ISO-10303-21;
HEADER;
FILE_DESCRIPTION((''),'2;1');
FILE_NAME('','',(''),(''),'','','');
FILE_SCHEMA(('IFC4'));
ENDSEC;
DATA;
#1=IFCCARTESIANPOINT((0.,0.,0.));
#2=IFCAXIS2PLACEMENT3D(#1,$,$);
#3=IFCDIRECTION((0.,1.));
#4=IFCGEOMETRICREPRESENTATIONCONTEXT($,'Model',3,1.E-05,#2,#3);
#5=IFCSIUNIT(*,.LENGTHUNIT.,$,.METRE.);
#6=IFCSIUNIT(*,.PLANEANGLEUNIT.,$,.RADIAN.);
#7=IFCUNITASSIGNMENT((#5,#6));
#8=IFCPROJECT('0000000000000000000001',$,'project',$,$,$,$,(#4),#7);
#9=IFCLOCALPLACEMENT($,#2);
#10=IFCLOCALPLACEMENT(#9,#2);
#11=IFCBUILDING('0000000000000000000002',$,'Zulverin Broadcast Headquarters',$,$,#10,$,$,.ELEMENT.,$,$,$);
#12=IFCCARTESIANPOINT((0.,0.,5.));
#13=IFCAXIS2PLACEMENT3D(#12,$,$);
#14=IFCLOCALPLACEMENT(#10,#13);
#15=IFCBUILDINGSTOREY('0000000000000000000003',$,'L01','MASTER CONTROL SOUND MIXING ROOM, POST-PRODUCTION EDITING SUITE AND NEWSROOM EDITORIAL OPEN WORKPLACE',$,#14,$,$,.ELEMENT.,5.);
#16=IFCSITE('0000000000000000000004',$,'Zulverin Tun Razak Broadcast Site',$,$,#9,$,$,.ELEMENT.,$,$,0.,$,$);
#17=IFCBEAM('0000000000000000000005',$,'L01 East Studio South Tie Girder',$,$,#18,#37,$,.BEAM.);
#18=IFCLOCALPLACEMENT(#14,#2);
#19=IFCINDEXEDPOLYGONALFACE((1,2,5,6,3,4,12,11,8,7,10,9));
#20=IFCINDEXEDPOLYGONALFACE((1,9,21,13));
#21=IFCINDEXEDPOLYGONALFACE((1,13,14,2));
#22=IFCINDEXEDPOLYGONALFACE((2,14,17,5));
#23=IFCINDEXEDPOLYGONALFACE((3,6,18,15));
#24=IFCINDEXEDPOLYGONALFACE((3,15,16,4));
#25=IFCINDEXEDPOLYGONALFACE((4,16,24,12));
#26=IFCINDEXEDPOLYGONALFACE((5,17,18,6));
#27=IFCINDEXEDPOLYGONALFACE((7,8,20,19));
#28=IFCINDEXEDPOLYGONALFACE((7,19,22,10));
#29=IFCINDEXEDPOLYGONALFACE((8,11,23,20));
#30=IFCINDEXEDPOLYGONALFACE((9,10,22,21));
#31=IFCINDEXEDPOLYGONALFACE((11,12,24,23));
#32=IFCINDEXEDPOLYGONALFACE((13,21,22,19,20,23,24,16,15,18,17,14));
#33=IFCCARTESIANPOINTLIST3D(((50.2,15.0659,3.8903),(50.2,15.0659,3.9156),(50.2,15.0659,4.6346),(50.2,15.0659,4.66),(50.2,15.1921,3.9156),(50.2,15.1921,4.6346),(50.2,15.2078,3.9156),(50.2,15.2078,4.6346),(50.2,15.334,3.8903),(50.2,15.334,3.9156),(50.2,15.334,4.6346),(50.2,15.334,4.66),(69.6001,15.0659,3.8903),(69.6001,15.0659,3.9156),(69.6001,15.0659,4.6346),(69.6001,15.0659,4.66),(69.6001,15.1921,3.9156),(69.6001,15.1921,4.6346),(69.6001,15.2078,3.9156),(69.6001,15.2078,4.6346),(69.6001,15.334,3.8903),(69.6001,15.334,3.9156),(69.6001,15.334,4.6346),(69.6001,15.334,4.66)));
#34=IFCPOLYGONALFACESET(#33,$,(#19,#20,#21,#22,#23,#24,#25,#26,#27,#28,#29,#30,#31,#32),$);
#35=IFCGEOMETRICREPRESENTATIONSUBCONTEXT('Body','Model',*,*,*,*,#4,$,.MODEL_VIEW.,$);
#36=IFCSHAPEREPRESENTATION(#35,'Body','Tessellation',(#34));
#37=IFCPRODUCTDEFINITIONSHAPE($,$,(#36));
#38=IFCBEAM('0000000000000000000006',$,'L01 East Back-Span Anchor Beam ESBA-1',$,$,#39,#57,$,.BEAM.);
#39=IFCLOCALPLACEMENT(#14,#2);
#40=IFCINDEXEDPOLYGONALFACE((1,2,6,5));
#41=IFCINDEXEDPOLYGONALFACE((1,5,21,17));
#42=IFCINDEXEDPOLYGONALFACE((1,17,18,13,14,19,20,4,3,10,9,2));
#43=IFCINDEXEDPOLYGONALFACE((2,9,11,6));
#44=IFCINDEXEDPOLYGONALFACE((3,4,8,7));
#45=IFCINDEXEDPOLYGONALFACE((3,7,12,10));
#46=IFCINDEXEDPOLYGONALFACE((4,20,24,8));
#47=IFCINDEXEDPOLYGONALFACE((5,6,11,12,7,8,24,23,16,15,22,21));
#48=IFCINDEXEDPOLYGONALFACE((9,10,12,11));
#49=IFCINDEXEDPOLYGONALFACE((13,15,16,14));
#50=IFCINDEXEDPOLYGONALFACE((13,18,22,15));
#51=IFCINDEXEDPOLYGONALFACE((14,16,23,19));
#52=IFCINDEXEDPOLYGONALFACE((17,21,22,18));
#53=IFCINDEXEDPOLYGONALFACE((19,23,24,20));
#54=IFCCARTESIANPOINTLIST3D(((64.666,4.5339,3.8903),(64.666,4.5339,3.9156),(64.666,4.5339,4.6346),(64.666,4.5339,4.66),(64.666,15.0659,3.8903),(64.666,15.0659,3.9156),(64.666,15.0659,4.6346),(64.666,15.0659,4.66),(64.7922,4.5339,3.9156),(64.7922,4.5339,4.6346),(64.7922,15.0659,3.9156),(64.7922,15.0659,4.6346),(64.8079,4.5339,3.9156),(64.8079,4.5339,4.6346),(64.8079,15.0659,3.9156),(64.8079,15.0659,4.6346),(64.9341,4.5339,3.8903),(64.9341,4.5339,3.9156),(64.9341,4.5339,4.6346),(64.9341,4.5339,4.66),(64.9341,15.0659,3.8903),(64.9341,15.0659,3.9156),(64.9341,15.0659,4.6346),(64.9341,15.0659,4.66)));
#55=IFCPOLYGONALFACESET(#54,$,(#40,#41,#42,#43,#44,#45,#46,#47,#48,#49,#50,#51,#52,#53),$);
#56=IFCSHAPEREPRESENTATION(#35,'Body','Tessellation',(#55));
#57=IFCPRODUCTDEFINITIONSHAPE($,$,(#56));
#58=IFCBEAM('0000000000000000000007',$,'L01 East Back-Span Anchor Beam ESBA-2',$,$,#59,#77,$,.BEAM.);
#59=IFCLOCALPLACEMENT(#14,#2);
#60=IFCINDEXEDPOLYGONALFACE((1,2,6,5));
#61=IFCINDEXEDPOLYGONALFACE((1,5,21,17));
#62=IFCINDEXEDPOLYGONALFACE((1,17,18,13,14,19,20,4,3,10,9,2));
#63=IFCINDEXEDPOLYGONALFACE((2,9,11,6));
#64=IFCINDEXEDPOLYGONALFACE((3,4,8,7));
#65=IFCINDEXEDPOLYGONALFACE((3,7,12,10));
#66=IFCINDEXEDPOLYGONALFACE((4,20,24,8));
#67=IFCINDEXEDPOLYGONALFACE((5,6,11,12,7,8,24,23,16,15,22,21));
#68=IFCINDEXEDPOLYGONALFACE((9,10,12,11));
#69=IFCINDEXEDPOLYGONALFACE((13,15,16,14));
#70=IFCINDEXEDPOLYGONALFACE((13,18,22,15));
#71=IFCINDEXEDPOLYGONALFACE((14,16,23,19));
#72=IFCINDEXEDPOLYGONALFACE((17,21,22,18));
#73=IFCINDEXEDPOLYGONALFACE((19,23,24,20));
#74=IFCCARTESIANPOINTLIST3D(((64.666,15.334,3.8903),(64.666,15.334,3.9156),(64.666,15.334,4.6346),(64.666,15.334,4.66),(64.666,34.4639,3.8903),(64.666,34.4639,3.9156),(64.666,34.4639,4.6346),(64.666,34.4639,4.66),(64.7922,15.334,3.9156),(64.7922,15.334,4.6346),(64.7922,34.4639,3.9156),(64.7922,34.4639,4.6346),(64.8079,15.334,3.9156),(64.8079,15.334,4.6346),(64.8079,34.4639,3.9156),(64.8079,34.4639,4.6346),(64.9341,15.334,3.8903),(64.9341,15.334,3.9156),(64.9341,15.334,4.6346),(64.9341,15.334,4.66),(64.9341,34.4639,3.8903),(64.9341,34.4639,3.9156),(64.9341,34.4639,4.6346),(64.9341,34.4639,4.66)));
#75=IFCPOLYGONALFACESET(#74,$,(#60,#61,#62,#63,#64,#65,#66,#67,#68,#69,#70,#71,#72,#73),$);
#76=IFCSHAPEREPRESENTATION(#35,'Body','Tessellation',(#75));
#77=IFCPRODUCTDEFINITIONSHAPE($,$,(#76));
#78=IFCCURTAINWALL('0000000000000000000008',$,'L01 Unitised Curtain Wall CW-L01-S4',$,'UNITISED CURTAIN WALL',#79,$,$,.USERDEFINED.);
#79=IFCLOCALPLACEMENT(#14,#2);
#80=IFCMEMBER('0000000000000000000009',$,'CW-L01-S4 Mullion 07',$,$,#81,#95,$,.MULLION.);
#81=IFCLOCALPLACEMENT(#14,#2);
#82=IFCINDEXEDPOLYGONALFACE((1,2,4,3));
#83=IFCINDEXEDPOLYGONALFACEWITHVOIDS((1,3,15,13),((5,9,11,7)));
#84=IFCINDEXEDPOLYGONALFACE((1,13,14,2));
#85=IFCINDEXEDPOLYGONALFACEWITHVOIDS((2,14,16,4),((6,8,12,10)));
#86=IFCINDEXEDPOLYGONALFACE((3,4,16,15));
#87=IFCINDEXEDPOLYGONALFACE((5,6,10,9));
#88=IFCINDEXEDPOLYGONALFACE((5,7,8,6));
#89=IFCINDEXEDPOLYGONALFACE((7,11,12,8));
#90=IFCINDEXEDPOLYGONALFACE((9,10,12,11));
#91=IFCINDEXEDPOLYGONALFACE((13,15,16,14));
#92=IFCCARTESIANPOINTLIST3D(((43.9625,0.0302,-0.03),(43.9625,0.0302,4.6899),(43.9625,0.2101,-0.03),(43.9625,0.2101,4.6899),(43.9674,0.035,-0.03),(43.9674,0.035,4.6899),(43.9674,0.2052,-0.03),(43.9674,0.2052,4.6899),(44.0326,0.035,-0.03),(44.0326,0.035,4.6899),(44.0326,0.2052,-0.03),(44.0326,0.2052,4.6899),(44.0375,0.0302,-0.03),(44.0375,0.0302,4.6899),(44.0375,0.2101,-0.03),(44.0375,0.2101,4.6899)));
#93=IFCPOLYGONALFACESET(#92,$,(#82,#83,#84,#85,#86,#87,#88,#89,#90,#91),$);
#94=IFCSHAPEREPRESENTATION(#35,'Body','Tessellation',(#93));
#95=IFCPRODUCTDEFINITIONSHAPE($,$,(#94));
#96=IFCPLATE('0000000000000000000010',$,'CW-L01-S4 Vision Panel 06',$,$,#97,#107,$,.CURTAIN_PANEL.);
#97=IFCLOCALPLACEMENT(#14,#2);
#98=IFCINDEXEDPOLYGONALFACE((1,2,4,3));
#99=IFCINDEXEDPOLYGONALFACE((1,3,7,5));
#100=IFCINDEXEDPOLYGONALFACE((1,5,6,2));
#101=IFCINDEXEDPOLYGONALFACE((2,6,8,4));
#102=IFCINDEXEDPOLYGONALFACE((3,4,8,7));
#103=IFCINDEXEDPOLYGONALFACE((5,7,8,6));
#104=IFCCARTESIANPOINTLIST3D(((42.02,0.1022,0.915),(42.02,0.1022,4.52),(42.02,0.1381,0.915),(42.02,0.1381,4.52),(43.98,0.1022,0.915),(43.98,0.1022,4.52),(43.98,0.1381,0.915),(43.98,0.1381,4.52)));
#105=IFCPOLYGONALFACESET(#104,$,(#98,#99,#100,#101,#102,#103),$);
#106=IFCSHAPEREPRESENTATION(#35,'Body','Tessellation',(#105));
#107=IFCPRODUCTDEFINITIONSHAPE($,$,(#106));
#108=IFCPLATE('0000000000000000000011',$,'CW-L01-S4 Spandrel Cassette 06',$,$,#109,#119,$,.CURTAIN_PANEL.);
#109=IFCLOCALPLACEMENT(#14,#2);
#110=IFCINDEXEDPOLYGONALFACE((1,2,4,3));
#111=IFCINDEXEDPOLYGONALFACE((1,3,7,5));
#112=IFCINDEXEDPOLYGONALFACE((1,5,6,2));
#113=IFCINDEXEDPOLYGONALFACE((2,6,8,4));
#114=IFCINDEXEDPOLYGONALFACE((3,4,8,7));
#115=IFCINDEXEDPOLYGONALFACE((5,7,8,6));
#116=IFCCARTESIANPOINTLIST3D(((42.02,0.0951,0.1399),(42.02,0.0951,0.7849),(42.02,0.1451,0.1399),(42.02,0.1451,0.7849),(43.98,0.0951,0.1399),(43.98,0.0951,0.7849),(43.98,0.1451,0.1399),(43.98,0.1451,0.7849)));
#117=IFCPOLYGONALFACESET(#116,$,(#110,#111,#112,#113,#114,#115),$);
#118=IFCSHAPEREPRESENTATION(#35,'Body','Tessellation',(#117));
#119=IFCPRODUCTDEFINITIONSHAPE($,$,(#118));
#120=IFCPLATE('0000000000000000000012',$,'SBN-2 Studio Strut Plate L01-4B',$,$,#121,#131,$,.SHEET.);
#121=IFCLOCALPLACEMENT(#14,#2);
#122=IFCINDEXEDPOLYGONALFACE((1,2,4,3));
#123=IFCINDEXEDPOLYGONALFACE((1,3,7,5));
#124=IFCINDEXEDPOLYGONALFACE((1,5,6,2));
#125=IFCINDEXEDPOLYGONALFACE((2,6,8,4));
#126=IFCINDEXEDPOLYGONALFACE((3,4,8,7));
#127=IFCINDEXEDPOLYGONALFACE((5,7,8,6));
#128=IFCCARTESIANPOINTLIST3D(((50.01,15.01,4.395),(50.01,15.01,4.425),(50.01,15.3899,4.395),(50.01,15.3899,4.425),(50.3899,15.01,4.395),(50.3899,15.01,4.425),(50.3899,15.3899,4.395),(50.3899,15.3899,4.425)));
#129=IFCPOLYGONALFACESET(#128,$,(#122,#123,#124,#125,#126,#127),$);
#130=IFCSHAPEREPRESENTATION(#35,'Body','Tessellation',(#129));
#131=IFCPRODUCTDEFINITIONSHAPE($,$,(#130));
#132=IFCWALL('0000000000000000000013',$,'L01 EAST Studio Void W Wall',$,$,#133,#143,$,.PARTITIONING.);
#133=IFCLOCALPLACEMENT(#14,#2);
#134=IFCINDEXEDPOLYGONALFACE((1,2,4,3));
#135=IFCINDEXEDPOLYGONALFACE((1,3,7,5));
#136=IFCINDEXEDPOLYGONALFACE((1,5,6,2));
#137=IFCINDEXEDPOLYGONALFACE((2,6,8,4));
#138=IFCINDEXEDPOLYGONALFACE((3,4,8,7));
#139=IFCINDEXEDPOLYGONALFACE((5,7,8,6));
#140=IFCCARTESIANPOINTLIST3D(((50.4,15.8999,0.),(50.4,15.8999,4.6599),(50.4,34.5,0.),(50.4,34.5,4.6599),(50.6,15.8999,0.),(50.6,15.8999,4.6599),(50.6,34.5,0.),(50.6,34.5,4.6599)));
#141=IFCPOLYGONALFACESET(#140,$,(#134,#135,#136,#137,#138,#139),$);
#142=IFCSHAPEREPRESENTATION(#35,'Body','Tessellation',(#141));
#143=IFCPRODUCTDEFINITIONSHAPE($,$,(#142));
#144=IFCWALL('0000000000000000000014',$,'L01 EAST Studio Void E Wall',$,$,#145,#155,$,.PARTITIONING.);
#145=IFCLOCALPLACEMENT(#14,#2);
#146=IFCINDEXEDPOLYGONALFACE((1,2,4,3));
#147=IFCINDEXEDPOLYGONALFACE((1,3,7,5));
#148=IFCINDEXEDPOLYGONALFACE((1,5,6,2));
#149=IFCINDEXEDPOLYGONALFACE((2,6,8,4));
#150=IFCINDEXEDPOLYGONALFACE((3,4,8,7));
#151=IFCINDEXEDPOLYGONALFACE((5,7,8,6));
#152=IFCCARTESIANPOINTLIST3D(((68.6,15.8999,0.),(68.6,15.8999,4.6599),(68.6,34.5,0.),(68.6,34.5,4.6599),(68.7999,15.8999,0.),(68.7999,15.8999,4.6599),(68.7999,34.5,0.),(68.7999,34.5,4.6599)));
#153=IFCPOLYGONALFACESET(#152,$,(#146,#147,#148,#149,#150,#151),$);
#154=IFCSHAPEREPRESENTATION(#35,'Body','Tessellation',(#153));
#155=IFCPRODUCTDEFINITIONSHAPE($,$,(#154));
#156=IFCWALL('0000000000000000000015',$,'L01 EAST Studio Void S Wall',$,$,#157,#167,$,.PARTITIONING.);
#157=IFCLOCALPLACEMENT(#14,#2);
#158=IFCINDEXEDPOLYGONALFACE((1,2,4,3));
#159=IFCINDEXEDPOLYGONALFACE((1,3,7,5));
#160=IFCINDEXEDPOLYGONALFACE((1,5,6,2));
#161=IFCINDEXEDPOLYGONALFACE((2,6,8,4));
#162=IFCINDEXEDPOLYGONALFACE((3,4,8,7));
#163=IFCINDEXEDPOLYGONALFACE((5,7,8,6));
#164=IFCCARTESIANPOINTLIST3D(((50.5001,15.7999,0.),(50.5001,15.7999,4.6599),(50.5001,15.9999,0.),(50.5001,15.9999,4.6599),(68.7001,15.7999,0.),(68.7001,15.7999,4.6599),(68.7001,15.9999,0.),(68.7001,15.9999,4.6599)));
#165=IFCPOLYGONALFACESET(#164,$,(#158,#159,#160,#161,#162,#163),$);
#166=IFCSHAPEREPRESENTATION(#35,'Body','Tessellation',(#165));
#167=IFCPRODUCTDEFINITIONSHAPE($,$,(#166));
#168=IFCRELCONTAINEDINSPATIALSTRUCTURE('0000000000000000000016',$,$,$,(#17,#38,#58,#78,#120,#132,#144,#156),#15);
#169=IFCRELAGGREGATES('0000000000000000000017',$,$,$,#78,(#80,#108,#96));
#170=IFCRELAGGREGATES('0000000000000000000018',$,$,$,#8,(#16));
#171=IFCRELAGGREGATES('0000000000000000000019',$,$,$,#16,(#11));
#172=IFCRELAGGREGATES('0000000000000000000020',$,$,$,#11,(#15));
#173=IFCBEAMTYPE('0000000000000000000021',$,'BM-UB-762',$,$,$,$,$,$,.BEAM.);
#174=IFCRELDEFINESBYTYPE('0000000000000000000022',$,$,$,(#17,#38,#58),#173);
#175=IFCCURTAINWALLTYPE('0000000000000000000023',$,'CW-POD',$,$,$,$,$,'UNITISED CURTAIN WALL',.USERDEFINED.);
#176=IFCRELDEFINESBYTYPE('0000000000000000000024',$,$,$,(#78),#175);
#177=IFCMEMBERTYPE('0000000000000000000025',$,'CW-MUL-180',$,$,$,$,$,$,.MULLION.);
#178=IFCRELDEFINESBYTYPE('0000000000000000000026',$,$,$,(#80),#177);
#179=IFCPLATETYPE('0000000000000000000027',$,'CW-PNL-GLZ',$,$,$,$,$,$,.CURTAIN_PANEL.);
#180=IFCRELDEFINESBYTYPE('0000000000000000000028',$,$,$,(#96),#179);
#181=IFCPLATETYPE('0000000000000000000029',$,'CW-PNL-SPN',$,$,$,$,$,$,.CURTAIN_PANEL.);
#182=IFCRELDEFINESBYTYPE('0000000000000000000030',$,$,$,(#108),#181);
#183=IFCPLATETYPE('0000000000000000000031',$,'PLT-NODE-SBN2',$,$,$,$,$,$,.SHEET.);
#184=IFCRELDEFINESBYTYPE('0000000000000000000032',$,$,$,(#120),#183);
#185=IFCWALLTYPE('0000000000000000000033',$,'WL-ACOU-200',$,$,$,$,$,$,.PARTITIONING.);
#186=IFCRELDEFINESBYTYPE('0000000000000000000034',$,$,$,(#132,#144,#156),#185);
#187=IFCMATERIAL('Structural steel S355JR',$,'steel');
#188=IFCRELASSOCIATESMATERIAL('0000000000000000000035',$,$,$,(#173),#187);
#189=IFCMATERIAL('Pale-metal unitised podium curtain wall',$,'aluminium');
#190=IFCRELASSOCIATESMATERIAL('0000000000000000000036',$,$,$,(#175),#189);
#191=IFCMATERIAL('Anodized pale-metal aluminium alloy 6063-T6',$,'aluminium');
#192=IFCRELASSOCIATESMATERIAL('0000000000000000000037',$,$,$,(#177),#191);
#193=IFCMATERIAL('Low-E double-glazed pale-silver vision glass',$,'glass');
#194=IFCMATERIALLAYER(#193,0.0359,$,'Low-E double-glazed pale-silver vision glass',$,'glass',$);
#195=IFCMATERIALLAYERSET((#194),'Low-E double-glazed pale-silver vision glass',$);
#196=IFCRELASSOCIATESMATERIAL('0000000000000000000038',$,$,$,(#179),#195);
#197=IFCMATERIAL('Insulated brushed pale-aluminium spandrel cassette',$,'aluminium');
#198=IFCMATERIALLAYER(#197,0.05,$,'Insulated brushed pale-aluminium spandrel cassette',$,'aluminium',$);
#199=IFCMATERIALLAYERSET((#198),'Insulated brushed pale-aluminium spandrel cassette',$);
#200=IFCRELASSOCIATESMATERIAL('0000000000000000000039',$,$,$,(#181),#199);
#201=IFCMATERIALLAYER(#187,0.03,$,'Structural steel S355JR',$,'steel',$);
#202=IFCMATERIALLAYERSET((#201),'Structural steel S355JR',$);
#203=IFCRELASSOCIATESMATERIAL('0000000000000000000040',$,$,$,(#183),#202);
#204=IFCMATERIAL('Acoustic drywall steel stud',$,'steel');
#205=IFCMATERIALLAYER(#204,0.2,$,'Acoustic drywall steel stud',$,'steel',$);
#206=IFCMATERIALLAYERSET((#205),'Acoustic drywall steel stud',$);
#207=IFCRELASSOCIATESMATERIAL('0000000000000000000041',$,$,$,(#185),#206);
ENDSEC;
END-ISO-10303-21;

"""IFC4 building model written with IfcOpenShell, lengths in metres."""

from ifc_helpers import new_model, si_unit, direction, frame, frame_2d, origin, origin_2d, place, context, subcontext, project, spatial, rectangle, hollow_rectangle, i_section, extrude, material, layer, layer_set, material_profile, profile_set, type_object, element, aggregate, save


model = new_model("IFC4")

# Units and contexts
model_context = context("Model", 3, precision=1e-05, world=origin(), true_north=direction((0.0, 1.0)))
body_context = subcontext(model_context, "Body", "Model", "MODEL_VIEW")
ifc_project = project(units=[si_unit("LENGTHUNIT", "METRE"), si_unit("PLANEANGLEUNIT", "RADIAN")], contexts=[model_context])

# Site, building, storey
site_placement = place(None, origin())
site = spatial("IfcSite", under=ifc_project, at=site_placement, Name="Zulverin Tun Razak Broadcast Site", CompositionType="ELEMENT", RefElevation=0.0)
building_placement = place(site_placement, origin())
building = spatial("IfcBuilding", under=site, at=building_placement, Name="Zulverin Broadcast Headquarters", CompositionType="ELEMENT")
storey_placement = place(building_placement, frame((0.0, 0.0, 5.0)))
storey = spatial("IfcBuildingStorey", under=building, at=storey_placement, Name="L01", Description="MASTER CONTROL SOUND MIXING ROOM, POST-PRODUCTION EDITING SUITE AND NEWSROOM EDITORIAL OPEN WORKPLACE", CompositionType="ELEMENT", Elevation=5.0)

# Beams
ifc_material_1 = material(Name="Structural steel S355JR", Category="steel")
ifc_material_profile_1 = material_profile(ifc_material_1, i_section(OverallWidth=0.2681, OverallDepth=0.7698, WebThickness=0.0156, FlangeThickness=0.0254, at=origin_2d()), Name="Structural steel S355JR", Category="steel")
ifc_profile_set_1 = profile_set([ifc_material_profile_1], Name="Structural steel S355JR")
beam_type_1 = type_object("IfcBeamType", Name="BM-UB-762", PredefinedType="BEAM", material=ifc_profile_set_1)
beam_1_placement = place(storey_placement, frame((50.2, 15.2, 4.2751), z_axis=(1.0, 0.0, 0.0), x_axis=(0.0, 1.0, 0.0)))
element("IfcBeam", 1, at=beam_1_placement, inside=storey, type_object=beam_type_1, Name="L01 East Studio South Tie Girder", PredefinedType="BEAM", context=body_context, shape_type="SweptSolid", body=[
    extrude(i_section(OverallWidth=0.2681, OverallDepth=0.7698, WebThickness=0.0156, FlangeThickness=0.0254, at=origin_2d()), origin(), (0.0, 0.0, 1.0), 19.4001),
])
beam_2_placement = place(storey_placement, frame((64.8, 4.5339, 4.2751), z_axis=(0.0, 1.0, 0.0), x_axis=(-1.0, 0.0, 0.0)))
element("IfcBeam", 2, at=beam_2_placement, inside=storey, type_object=beam_type_1, Name="L01 East Back-Span Anchor Beam ESBA-1", PredefinedType="BEAM", context=body_context, shape_type="SweptSolid", body=[
    extrude(i_section(OverallWidth=0.2681, OverallDepth=0.7698, WebThickness=0.0156, FlangeThickness=0.0254, at=origin_2d()), origin(), (0.0, 0.0, 1.0), 10.532),
])
beam_3_placement = place(storey_placement, frame((64.8, 15.334, 4.2751), z_axis=(0.0, 1.0, 0.0), x_axis=(-1.0, 0.0, 0.0)))
element("IfcBeam", 3, at=beam_3_placement, inside=storey, type_object=beam_type_1, Name="L01 East Back-Span Anchor Beam ESBA-2", PredefinedType="BEAM", context=body_context, shape_type="SweptSolid", body=[
    extrude(i_section(OverallWidth=0.2681, OverallDepth=0.7698, WebThickness=0.0156, FlangeThickness=0.0254, at=origin_2d()), origin(), (0.0, 0.0, 1.0), 19.1299),
])

# Curtain wall, member, plates
ifc_material_2 = material(Name="Pale-metal unitised podium curtain wall", Category="aluminium")
curtain_wall_type = type_object("IfcCurtainWallType", Name="CW-POD", ElementType="UNITISED CURTAIN WALL", PredefinedType="USERDEFINED", material=ifc_material_2)
curtain_wall_placement = place(storey_placement, origin())
curtain_wall = element("IfcCurtainWall", 4, at=curtain_wall_placement, inside=storey, type_object=curtain_wall_type, Name="L01 Unitised Curtain Wall CW-L01-S4", ObjectType="UNITISED CURTAIN WALL", PredefinedType="USERDEFINED")
ifc_material_3 = material(Name="Anodized pale-metal aluminium alloy 6063-T6", Category="aluminium")
ifc_material_profile_2 = material_profile(ifc_material_3, hollow_rectangle(XDim=0.075, YDim=0.1799, WallThickness=0.0049, at=origin_2d()), Name="Anodized pale-metal aluminium alloy 6063-T6", Category="aluminium")
ifc_profile_set_2 = profile_set([ifc_material_profile_2], Name="Anodized pale-metal aluminium alloy 6063-T6")
member_type = type_object("IfcMemberType", Name="CW-MUL-180", PredefinedType="MULLION", material=ifc_profile_set_2)
member_placement = place(storey_placement, frame((44.0, 0.1201, -0.03), z_axis=(0.0, 0.0, 1.0), x_axis=(1.0, 0.0, 0.0)))
member = element("IfcMember", 5, at=member_placement, type_object=member_type, Name="CW-L01-S4 Mullion 07", PredefinedType="MULLION", context=body_context, shape_type="SweptSolid", body=[
    extrude(hollow_rectangle(XDim=0.075, YDim=0.1799, WallThickness=0.0049, at=origin_2d()), origin(), (0.0, 0.0, 1.0), 4.72),
])
ifc_material_4 = material(Name="Low-E double-glazed pale-silver vision glass", Category="glass")
ifc_layer_1 = layer(ifc_material_4, 0.0359, Name="Low-E double-glazed pale-silver vision glass", Category="glass")
ifc_layer_set_1 = layer_set([ifc_layer_1], Name="Low-E double-glazed pale-silver vision glass")
plate_type_1 = type_object("IfcPlateType", Name="CW-PNL-GLZ", PredefinedType="CURTAIN_PANEL", material=ifc_layer_set_1)
plate_1_placement = place(storey_placement, frame((43.0, 0.1201, 0.915), z_axis=(0.0, 0.0, 1.0), x_axis=(1.0, 0.0, 0.0)))
plate_1 = element("IfcPlate", 6, at=plate_1_placement, type_object=plate_type_1, Name="CW-L01-S4 Vision Panel 06", PredefinedType="CURTAIN_PANEL", context=body_context, shape_type="SweptSolid", body=[
    extrude(rectangle(XDim=1.96, YDim=0.0359, at=origin_2d()), origin(), (0.0, 0.0, 1.0), 3.605),
])
ifc_material_5 = material(Name="Insulated brushed pale-aluminium spandrel cassette", Category="aluminium")
ifc_layer_2 = layer(ifc_material_5, 0.05, Name="Insulated brushed pale-aluminium spandrel cassette", Category="aluminium")
ifc_layer_set_2 = layer_set([ifc_layer_2], Name="Insulated brushed pale-aluminium spandrel cassette")
plate_type_2 = type_object("IfcPlateType", Name="CW-PNL-SPN", PredefinedType="CURTAIN_PANEL", material=ifc_layer_set_2)
plate_2_placement = place(storey_placement, frame((43.0, 0.1201, 0.1399), z_axis=(0.0, 0.0, 1.0), x_axis=(1.0, 0.0, 0.0)))
plate_2 = element("IfcPlate", 7, at=plate_2_placement, type_object=plate_type_2, Name="CW-L01-S4 Spandrel Cassette 06", PredefinedType="CURTAIN_PANEL", context=body_context, shape_type="SweptSolid", body=[
    extrude(rectangle(XDim=1.96, YDim=0.05, at=origin_2d()), origin(), (0.0, 0.0, 1.0), 0.645),
])
aggregate(curtain_wall, [member, plate_2, plate_1])

# Plate
ifc_layer_3 = layer(ifc_material_1, 0.03, Name="Structural steel S355JR", Category="steel")
ifc_layer_set_3 = layer_set([ifc_layer_3], Name="Structural steel S355JR")
plate_type_3 = type_object("IfcPlateType", Name="PLT-NODE-SBN2", PredefinedType="SHEET", material=ifc_layer_set_3)
plate_3_placement = place(storey_placement, frame((50.2, 15.2, 4.395), z_axis=(0.0, 0.0, 1.0), x_axis=(1.0, 0.0, 0.0)))
element("IfcPlate", 8, at=plate_3_placement, inside=storey, type_object=plate_type_3, Name="SBN-2 Studio Strut Plate L01-4B", PredefinedType="SHEET", context=body_context, shape_type="SweptSolid", body=[
    extrude(rectangle(XDim=0.3799, YDim=0.3799, at=origin_2d()), origin(), (0.0, 0.0, 1.0), 0.03),
])

# Walls
ifc_material_6 = material(Name="Acoustic drywall steel stud", Category="steel")
ifc_layer_4 = layer(ifc_material_6, 0.2, Name="Acoustic drywall steel stud", Category="steel")
ifc_layer_set_4 = layer_set([ifc_layer_4], Name="Acoustic drywall steel stud")
wall_type_1 = type_object("IfcWallType", Name="WL-ACOU-200", PredefinedType="PARTITIONING", material=ifc_layer_set_4)
for number, where, z_axis, x_axis, name in (
    (9, (50.5, 15.8999, 0.0), (0.0, 0.0, 1.0), (0.0, 1.0, 0.0), "L01 EAST Studio Void W Wall"),
    (10, (68.7, 15.8999, 0.0), (0.0, 0.0, 1.0), (0.0, 1.0, 0.0), "L01 EAST Studio Void E Wall"),
):
    element("IfcWall", number, at=place(storey_placement, frame(where, z_axis=z_axis, x_axis=x_axis)), inside=storey, type_object=wall_type_1, Name=name, PredefinedType="PARTITIONING", context=body_context, shape_type="SweptSolid", body=[
        extrude(rectangle(XDim=18.6001, YDim=0.2, at=frame_2d((9.3, 0.0))), origin(), (0.0, 0.0, 1.0), 4.6599),
    ])
wall_1_placement = place(storey_placement, frame((50.5, 15.8999, 0.0), z_axis=(0.0, 0.0, 1.0), x_axis=(1.0, 0.0, 0.0)))
element("IfcWall", 11, at=wall_1_placement, inside=storey, type_object=wall_type_1, Name="L01 EAST Studio Void S Wall", PredefinedType="PARTITIONING", context=body_context, shape_type="SweptSolid", body=[
    extrude(rectangle(XDim=18.2, YDim=0.2, at=frame_2d((9.1001, 0.0))), origin(), (0.0, 0.0, 1.0), 4.6599),
])

save(model, "model.ifc")
